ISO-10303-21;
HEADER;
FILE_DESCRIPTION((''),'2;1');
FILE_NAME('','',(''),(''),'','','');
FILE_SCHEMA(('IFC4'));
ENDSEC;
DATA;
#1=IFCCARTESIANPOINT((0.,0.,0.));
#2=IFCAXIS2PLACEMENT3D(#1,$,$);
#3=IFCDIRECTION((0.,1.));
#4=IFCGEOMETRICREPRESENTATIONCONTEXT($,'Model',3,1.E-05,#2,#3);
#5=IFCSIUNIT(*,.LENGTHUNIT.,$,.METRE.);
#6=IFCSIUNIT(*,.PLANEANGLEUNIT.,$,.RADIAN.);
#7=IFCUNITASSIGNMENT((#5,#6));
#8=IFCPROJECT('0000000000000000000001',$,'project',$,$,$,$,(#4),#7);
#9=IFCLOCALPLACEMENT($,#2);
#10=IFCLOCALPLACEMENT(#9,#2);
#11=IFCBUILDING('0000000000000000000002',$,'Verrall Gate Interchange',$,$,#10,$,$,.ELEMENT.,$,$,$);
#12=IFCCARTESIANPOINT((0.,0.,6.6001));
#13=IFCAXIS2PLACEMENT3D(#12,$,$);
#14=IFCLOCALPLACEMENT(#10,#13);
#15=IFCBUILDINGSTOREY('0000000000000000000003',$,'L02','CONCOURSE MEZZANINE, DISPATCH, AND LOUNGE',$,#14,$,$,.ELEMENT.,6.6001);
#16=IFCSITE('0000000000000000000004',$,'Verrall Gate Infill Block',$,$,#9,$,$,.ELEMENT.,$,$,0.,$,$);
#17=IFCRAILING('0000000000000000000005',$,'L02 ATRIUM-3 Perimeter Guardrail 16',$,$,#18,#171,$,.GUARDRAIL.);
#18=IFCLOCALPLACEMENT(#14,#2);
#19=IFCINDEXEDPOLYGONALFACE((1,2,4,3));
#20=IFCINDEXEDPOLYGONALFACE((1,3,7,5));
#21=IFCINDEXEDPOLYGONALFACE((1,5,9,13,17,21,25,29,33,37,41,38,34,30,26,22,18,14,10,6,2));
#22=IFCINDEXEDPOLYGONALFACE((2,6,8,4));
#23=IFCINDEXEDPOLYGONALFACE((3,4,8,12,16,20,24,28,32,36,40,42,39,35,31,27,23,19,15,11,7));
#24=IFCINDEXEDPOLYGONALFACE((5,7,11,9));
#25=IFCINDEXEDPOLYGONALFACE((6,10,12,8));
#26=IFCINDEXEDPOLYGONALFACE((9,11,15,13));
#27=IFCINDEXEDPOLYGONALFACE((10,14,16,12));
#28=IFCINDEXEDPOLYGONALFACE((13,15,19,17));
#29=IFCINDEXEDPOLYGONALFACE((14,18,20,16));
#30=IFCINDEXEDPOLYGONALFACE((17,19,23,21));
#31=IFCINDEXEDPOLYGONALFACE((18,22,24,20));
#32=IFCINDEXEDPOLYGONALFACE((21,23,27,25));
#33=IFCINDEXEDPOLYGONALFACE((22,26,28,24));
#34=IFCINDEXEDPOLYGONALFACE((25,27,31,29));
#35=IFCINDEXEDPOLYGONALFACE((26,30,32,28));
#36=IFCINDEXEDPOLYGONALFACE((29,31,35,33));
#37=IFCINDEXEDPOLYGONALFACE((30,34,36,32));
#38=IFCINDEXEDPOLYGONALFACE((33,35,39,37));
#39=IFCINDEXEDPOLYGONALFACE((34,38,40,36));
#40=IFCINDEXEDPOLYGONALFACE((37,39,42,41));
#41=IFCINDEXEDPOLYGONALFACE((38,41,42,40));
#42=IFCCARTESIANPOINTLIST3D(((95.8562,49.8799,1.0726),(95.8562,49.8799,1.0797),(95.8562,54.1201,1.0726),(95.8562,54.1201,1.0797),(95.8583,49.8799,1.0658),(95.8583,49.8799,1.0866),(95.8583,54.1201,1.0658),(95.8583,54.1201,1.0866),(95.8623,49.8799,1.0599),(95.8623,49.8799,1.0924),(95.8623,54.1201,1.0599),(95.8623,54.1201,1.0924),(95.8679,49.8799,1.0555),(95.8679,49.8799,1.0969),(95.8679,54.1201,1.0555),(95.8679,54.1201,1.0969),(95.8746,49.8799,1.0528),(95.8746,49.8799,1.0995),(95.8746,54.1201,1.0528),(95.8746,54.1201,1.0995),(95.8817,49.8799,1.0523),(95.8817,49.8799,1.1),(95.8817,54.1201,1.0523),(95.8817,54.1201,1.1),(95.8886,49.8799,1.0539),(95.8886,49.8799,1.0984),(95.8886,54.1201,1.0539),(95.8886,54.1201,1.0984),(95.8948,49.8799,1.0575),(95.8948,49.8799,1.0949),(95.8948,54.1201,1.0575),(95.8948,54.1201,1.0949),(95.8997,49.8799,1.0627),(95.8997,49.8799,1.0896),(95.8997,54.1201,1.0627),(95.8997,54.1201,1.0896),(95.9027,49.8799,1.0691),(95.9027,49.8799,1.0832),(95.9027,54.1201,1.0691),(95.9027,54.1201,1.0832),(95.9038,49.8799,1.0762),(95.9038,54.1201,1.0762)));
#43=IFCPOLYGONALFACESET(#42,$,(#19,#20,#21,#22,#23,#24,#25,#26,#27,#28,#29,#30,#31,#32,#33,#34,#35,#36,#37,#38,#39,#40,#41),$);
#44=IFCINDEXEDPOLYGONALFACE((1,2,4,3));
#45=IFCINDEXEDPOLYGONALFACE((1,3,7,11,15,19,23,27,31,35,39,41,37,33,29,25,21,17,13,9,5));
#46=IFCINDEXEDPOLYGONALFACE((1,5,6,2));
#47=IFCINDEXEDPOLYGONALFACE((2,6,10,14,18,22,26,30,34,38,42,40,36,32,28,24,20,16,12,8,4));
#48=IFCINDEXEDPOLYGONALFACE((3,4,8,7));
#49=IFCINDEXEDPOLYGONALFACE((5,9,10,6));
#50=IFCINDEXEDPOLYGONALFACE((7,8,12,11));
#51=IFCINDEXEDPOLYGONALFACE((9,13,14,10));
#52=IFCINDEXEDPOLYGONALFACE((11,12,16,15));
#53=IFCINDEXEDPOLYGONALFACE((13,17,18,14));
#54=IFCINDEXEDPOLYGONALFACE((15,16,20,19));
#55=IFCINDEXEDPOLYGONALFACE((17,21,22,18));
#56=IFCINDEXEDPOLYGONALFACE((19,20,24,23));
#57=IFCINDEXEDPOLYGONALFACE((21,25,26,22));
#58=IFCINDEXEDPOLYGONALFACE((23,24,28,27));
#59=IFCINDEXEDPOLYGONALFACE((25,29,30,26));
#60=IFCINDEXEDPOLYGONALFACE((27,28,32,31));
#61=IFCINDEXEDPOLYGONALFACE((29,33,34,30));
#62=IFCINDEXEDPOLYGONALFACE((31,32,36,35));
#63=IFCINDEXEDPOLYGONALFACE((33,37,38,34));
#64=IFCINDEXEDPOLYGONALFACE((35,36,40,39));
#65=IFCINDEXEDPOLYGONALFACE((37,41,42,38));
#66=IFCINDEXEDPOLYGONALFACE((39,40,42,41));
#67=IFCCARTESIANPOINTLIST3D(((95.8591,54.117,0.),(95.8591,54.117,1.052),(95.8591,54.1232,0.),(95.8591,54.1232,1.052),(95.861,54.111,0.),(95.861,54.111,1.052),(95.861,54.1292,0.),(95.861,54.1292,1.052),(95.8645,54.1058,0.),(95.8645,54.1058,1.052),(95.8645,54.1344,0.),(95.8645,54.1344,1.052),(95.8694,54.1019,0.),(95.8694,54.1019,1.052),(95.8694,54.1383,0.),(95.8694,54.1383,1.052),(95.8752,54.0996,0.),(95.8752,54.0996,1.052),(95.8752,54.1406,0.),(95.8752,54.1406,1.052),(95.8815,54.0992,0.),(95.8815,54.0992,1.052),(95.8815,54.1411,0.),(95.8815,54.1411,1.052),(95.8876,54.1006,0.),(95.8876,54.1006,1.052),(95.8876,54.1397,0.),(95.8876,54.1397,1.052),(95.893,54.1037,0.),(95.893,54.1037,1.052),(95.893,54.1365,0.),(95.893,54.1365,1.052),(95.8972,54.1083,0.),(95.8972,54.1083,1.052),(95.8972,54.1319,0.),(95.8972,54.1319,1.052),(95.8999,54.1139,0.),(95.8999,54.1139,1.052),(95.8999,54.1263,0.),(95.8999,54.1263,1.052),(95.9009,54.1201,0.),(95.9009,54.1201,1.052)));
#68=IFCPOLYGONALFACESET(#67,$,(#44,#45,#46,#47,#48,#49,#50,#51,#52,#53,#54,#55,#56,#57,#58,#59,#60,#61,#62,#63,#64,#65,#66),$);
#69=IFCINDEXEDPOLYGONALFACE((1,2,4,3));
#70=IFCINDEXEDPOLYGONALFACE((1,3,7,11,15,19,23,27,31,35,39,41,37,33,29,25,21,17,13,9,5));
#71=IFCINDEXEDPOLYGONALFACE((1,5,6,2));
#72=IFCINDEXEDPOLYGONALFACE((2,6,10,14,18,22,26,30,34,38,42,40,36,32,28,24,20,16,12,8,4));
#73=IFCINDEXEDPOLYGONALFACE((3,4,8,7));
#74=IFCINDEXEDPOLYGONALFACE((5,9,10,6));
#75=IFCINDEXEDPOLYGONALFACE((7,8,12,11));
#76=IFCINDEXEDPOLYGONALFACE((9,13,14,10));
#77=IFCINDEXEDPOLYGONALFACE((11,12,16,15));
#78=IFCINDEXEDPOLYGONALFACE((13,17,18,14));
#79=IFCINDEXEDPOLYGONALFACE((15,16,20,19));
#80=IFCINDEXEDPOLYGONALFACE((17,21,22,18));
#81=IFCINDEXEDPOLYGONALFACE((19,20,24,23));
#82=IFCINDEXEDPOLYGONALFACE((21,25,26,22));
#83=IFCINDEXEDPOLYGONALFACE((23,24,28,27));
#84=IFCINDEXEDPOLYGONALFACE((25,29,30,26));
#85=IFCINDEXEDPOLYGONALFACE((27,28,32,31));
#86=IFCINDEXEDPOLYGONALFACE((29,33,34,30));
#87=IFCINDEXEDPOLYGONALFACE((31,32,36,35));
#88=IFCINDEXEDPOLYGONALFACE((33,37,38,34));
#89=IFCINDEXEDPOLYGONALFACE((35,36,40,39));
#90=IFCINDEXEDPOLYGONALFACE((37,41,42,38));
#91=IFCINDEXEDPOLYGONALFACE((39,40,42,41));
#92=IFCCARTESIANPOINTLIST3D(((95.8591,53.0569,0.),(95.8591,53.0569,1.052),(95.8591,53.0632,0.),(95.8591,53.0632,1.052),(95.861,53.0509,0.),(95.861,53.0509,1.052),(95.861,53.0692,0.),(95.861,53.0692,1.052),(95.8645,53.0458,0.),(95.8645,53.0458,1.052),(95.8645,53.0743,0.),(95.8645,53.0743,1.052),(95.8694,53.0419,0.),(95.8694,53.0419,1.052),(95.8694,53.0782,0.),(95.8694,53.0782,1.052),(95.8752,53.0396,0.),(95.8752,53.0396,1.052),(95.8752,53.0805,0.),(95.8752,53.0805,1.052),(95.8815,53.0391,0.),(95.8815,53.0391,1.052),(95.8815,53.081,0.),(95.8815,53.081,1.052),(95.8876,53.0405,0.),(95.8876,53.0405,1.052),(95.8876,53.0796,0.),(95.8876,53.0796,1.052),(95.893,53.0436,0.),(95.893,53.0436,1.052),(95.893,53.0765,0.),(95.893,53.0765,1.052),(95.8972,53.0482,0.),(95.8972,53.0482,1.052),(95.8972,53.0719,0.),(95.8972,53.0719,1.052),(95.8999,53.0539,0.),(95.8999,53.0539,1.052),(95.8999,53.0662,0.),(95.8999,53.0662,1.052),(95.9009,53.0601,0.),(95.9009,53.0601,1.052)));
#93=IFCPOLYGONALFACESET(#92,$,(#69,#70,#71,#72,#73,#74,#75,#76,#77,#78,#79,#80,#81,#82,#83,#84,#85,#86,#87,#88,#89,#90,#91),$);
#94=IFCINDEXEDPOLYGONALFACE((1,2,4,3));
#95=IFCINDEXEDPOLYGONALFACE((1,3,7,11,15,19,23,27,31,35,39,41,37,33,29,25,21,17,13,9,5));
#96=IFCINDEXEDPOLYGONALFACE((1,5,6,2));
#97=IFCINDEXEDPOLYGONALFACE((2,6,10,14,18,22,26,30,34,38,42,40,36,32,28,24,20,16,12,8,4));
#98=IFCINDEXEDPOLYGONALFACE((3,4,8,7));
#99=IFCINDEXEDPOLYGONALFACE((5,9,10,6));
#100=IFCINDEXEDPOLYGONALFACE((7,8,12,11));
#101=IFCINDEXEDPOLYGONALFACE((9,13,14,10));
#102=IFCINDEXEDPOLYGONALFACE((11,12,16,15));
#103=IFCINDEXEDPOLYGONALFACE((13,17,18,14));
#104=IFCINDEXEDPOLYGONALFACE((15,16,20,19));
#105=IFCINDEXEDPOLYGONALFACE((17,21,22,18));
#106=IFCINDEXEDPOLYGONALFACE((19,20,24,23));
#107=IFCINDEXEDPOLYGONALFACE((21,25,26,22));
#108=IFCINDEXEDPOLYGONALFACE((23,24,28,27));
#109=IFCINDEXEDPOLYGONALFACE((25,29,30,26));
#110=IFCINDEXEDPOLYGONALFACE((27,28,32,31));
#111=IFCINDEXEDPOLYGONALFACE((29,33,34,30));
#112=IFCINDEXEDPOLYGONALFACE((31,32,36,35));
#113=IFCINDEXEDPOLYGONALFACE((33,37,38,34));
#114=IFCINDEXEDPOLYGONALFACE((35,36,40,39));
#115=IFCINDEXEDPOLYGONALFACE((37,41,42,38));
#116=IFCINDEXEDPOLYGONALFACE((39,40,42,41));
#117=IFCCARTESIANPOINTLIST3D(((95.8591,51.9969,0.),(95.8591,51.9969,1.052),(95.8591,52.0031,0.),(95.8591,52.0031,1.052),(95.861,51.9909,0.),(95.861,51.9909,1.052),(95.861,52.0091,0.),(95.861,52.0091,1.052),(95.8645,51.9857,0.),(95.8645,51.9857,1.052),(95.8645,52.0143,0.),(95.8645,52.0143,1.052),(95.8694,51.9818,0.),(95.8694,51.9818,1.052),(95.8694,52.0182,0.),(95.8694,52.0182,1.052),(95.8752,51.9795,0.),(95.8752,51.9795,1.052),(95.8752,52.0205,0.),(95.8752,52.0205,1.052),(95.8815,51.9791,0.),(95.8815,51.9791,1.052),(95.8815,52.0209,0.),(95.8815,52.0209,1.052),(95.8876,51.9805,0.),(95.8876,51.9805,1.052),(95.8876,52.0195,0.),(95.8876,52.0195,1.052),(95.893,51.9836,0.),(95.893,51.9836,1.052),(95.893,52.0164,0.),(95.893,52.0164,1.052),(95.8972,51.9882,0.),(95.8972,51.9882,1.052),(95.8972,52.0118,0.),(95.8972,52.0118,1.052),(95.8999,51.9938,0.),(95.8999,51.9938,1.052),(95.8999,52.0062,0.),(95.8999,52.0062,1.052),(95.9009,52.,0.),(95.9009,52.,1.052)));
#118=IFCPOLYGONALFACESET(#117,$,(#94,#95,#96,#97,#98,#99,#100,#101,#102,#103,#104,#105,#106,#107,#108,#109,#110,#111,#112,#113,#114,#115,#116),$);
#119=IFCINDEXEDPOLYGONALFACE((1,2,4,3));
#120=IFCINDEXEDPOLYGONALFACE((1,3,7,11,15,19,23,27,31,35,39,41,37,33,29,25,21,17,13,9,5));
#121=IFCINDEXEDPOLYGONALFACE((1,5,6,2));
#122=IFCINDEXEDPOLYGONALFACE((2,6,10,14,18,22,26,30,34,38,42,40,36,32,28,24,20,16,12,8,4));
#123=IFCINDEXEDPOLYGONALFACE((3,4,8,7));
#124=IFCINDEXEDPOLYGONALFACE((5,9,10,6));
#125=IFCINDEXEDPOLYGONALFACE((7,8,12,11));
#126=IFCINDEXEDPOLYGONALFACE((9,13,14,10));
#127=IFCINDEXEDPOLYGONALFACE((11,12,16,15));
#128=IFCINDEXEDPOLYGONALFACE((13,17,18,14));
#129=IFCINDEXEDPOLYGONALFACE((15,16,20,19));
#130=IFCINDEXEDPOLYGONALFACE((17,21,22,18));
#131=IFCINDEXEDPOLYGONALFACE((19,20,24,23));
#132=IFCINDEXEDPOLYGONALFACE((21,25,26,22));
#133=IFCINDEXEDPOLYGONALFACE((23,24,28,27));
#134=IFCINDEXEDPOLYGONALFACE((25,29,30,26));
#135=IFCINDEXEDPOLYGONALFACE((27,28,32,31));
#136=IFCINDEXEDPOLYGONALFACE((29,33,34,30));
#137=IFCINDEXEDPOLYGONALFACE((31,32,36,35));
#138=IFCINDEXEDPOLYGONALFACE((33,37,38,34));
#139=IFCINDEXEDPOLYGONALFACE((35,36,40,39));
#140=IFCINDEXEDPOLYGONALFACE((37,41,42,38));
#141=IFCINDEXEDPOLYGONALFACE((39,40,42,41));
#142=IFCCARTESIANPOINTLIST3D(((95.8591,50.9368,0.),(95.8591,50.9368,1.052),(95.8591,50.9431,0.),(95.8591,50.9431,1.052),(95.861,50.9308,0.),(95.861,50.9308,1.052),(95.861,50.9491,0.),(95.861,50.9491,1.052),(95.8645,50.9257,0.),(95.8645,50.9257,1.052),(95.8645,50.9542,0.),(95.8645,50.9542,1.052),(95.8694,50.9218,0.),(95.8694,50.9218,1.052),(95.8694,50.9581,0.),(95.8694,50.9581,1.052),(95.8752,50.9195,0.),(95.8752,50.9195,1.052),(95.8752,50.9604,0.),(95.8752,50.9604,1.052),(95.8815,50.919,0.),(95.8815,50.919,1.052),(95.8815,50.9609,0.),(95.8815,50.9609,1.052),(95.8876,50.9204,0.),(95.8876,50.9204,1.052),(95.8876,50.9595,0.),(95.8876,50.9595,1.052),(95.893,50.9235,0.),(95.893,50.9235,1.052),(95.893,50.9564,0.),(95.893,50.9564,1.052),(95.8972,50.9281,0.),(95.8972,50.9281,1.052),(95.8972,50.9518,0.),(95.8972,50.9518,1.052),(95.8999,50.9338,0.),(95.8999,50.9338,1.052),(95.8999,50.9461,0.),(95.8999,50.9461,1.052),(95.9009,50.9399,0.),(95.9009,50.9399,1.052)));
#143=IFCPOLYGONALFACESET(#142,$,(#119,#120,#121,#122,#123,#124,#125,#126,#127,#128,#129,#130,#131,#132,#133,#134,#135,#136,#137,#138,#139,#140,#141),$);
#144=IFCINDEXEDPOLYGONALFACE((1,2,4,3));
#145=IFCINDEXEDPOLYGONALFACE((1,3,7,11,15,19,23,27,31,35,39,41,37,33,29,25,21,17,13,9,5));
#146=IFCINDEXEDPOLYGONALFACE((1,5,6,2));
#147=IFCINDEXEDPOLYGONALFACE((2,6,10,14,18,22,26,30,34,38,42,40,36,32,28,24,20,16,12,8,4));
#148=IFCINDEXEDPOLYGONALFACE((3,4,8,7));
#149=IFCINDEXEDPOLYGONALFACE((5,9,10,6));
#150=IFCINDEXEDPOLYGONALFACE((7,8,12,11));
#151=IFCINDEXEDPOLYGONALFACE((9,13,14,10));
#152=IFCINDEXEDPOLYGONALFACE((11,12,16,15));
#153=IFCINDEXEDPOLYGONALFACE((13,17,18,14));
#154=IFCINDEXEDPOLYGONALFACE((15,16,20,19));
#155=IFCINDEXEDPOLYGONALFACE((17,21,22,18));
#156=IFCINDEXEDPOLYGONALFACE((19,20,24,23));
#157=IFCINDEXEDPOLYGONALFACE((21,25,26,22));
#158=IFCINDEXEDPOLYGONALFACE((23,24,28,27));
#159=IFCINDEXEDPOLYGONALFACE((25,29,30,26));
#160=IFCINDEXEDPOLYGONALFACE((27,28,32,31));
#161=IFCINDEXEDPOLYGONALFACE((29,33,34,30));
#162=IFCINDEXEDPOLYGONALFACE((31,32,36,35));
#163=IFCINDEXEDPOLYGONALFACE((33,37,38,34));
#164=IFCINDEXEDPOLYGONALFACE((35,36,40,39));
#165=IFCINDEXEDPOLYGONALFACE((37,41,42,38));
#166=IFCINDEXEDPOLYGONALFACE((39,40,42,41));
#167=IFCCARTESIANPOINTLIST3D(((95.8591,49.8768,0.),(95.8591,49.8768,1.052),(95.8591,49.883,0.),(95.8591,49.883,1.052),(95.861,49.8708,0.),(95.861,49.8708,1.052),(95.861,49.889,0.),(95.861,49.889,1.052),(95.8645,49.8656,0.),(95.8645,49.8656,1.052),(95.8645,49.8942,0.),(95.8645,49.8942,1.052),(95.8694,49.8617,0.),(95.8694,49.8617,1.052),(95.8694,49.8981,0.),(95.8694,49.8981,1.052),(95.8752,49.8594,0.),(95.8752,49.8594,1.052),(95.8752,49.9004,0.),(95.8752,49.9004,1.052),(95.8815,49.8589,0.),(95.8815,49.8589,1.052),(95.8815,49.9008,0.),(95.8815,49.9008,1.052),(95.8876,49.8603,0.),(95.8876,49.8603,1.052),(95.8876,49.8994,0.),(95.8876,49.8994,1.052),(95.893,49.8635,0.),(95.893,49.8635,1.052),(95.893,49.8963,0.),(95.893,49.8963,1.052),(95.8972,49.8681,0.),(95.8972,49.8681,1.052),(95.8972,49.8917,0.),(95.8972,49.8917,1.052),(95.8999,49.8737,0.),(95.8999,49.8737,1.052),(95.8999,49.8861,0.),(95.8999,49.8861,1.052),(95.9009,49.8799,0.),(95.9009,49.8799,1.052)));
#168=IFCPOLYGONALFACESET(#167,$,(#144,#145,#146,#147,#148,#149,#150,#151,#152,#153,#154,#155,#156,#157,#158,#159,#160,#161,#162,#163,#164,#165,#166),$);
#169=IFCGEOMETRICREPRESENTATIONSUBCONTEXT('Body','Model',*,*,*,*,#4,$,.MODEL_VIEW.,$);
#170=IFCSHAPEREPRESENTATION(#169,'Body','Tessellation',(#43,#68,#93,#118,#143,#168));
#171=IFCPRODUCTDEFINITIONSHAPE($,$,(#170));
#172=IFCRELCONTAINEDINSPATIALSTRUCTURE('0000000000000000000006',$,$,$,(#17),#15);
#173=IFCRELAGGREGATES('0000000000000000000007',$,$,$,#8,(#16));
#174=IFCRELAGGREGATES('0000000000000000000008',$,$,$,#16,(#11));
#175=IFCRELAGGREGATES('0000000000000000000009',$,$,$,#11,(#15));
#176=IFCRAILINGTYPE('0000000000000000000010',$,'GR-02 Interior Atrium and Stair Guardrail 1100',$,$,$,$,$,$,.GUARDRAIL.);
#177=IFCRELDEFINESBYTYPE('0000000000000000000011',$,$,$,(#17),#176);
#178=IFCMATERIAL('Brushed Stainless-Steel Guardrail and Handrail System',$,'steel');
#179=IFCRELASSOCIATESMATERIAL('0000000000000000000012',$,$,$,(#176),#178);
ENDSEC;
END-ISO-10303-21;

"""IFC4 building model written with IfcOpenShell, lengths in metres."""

from ifc_helpers import new_model, si_unit, direction, frame, origin, origin_2d, place, context, subcontext, project, spatial, circle, extrude, material, type_object, element, save


model = new_model("IFC4")

# Units and contexts
model_context = context("Model", 3, precision=1e-05, world=origin(), true_north=direction((0.0, 1.0)))
body_context = subcontext(model_context, "Body", "Model", "MODEL_VIEW")
ifc_project = project(units=[si_unit("LENGTHUNIT", "METRE"), si_unit("PLANEANGLEUNIT", "RADIAN")], contexts=[model_context])

# Site, building, storey
site_placement = place(None, origin())
site = spatial("IfcSite", under=ifc_project, at=site_placement, Name="Verrall Gate Infill Block", CompositionType="ELEMENT", RefElevation=0.0)
building_placement = place(site_placement, origin())
building = spatial("IfcBuilding", under=site, at=building_placement, Name="Verrall Gate Interchange", CompositionType="ELEMENT")
storey_placement = place(building_placement, frame((0.0, 0.0, 6.6001)))
storey = spatial("IfcBuildingStorey", under=building, at=storey_placement, Name="L02", Description="CONCOURSE MEZZANINE, DISPATCH, AND LOUNGE", CompositionType="ELEMENT", Elevation=6.6001)

# Railing
ifc_material_1 = material(Name="Brushed Stainless-Steel Guardrail and Handrail System", Category="steel")
railing_type = type_object("IfcRailingType", Name="GR-02 Interior Atrium and Stair Guardrail 1100", PredefinedType="GUARDRAIL", material=ifc_material_1)
railing_1_placement = place(storey_placement, frame((95.8799, 54.1201, 0.0)))
element("IfcRailing", 1, at=railing_1_placement, inside=storey, type_object=railing_type, Name="L02 ATRIUM-3 Perimeter Guardrail 16", PredefinedType="GUARDRAIL", context=body_context, shape_type="SweptSolid", body=[
    extrude(circle(Radius=0.0239, at=origin_2d()), frame((0.0, 0.0, 1.0762), z_axis=(0.0, -1.0, 0.0), x_axis=(1.0, 0.0, 0.0)), (0.0, 0.0, 1.0), 4.2402),
    extrude(circle(Radius=0.021, at=origin_2d()), origin(), (0.0, 0.0, 1.0), 1.052),
    extrude(circle(Radius=0.021, at=origin_2d()), frame((0.0, -1.0601, 0.0)), (0.0, 0.0, 1.0), 1.052),
    extrude(circle(Radius=0.021, at=origin_2d()), frame((0.0, -2.1201, 0.0)), (0.0, 0.0, 1.0), 1.052),
    extrude(circle(Radius=0.021, at=origin_2d()), frame((0.0, -3.1802, 0.0)), (0.0, 0.0, 1.0), 1.052),
    extrude(circle(Radius=0.021, at=origin_2d()), frame((0.0, -4.2402, 0.0)), (0.0, 0.0, 1.0), 1.052),
])

save(model, "model.ifc")
